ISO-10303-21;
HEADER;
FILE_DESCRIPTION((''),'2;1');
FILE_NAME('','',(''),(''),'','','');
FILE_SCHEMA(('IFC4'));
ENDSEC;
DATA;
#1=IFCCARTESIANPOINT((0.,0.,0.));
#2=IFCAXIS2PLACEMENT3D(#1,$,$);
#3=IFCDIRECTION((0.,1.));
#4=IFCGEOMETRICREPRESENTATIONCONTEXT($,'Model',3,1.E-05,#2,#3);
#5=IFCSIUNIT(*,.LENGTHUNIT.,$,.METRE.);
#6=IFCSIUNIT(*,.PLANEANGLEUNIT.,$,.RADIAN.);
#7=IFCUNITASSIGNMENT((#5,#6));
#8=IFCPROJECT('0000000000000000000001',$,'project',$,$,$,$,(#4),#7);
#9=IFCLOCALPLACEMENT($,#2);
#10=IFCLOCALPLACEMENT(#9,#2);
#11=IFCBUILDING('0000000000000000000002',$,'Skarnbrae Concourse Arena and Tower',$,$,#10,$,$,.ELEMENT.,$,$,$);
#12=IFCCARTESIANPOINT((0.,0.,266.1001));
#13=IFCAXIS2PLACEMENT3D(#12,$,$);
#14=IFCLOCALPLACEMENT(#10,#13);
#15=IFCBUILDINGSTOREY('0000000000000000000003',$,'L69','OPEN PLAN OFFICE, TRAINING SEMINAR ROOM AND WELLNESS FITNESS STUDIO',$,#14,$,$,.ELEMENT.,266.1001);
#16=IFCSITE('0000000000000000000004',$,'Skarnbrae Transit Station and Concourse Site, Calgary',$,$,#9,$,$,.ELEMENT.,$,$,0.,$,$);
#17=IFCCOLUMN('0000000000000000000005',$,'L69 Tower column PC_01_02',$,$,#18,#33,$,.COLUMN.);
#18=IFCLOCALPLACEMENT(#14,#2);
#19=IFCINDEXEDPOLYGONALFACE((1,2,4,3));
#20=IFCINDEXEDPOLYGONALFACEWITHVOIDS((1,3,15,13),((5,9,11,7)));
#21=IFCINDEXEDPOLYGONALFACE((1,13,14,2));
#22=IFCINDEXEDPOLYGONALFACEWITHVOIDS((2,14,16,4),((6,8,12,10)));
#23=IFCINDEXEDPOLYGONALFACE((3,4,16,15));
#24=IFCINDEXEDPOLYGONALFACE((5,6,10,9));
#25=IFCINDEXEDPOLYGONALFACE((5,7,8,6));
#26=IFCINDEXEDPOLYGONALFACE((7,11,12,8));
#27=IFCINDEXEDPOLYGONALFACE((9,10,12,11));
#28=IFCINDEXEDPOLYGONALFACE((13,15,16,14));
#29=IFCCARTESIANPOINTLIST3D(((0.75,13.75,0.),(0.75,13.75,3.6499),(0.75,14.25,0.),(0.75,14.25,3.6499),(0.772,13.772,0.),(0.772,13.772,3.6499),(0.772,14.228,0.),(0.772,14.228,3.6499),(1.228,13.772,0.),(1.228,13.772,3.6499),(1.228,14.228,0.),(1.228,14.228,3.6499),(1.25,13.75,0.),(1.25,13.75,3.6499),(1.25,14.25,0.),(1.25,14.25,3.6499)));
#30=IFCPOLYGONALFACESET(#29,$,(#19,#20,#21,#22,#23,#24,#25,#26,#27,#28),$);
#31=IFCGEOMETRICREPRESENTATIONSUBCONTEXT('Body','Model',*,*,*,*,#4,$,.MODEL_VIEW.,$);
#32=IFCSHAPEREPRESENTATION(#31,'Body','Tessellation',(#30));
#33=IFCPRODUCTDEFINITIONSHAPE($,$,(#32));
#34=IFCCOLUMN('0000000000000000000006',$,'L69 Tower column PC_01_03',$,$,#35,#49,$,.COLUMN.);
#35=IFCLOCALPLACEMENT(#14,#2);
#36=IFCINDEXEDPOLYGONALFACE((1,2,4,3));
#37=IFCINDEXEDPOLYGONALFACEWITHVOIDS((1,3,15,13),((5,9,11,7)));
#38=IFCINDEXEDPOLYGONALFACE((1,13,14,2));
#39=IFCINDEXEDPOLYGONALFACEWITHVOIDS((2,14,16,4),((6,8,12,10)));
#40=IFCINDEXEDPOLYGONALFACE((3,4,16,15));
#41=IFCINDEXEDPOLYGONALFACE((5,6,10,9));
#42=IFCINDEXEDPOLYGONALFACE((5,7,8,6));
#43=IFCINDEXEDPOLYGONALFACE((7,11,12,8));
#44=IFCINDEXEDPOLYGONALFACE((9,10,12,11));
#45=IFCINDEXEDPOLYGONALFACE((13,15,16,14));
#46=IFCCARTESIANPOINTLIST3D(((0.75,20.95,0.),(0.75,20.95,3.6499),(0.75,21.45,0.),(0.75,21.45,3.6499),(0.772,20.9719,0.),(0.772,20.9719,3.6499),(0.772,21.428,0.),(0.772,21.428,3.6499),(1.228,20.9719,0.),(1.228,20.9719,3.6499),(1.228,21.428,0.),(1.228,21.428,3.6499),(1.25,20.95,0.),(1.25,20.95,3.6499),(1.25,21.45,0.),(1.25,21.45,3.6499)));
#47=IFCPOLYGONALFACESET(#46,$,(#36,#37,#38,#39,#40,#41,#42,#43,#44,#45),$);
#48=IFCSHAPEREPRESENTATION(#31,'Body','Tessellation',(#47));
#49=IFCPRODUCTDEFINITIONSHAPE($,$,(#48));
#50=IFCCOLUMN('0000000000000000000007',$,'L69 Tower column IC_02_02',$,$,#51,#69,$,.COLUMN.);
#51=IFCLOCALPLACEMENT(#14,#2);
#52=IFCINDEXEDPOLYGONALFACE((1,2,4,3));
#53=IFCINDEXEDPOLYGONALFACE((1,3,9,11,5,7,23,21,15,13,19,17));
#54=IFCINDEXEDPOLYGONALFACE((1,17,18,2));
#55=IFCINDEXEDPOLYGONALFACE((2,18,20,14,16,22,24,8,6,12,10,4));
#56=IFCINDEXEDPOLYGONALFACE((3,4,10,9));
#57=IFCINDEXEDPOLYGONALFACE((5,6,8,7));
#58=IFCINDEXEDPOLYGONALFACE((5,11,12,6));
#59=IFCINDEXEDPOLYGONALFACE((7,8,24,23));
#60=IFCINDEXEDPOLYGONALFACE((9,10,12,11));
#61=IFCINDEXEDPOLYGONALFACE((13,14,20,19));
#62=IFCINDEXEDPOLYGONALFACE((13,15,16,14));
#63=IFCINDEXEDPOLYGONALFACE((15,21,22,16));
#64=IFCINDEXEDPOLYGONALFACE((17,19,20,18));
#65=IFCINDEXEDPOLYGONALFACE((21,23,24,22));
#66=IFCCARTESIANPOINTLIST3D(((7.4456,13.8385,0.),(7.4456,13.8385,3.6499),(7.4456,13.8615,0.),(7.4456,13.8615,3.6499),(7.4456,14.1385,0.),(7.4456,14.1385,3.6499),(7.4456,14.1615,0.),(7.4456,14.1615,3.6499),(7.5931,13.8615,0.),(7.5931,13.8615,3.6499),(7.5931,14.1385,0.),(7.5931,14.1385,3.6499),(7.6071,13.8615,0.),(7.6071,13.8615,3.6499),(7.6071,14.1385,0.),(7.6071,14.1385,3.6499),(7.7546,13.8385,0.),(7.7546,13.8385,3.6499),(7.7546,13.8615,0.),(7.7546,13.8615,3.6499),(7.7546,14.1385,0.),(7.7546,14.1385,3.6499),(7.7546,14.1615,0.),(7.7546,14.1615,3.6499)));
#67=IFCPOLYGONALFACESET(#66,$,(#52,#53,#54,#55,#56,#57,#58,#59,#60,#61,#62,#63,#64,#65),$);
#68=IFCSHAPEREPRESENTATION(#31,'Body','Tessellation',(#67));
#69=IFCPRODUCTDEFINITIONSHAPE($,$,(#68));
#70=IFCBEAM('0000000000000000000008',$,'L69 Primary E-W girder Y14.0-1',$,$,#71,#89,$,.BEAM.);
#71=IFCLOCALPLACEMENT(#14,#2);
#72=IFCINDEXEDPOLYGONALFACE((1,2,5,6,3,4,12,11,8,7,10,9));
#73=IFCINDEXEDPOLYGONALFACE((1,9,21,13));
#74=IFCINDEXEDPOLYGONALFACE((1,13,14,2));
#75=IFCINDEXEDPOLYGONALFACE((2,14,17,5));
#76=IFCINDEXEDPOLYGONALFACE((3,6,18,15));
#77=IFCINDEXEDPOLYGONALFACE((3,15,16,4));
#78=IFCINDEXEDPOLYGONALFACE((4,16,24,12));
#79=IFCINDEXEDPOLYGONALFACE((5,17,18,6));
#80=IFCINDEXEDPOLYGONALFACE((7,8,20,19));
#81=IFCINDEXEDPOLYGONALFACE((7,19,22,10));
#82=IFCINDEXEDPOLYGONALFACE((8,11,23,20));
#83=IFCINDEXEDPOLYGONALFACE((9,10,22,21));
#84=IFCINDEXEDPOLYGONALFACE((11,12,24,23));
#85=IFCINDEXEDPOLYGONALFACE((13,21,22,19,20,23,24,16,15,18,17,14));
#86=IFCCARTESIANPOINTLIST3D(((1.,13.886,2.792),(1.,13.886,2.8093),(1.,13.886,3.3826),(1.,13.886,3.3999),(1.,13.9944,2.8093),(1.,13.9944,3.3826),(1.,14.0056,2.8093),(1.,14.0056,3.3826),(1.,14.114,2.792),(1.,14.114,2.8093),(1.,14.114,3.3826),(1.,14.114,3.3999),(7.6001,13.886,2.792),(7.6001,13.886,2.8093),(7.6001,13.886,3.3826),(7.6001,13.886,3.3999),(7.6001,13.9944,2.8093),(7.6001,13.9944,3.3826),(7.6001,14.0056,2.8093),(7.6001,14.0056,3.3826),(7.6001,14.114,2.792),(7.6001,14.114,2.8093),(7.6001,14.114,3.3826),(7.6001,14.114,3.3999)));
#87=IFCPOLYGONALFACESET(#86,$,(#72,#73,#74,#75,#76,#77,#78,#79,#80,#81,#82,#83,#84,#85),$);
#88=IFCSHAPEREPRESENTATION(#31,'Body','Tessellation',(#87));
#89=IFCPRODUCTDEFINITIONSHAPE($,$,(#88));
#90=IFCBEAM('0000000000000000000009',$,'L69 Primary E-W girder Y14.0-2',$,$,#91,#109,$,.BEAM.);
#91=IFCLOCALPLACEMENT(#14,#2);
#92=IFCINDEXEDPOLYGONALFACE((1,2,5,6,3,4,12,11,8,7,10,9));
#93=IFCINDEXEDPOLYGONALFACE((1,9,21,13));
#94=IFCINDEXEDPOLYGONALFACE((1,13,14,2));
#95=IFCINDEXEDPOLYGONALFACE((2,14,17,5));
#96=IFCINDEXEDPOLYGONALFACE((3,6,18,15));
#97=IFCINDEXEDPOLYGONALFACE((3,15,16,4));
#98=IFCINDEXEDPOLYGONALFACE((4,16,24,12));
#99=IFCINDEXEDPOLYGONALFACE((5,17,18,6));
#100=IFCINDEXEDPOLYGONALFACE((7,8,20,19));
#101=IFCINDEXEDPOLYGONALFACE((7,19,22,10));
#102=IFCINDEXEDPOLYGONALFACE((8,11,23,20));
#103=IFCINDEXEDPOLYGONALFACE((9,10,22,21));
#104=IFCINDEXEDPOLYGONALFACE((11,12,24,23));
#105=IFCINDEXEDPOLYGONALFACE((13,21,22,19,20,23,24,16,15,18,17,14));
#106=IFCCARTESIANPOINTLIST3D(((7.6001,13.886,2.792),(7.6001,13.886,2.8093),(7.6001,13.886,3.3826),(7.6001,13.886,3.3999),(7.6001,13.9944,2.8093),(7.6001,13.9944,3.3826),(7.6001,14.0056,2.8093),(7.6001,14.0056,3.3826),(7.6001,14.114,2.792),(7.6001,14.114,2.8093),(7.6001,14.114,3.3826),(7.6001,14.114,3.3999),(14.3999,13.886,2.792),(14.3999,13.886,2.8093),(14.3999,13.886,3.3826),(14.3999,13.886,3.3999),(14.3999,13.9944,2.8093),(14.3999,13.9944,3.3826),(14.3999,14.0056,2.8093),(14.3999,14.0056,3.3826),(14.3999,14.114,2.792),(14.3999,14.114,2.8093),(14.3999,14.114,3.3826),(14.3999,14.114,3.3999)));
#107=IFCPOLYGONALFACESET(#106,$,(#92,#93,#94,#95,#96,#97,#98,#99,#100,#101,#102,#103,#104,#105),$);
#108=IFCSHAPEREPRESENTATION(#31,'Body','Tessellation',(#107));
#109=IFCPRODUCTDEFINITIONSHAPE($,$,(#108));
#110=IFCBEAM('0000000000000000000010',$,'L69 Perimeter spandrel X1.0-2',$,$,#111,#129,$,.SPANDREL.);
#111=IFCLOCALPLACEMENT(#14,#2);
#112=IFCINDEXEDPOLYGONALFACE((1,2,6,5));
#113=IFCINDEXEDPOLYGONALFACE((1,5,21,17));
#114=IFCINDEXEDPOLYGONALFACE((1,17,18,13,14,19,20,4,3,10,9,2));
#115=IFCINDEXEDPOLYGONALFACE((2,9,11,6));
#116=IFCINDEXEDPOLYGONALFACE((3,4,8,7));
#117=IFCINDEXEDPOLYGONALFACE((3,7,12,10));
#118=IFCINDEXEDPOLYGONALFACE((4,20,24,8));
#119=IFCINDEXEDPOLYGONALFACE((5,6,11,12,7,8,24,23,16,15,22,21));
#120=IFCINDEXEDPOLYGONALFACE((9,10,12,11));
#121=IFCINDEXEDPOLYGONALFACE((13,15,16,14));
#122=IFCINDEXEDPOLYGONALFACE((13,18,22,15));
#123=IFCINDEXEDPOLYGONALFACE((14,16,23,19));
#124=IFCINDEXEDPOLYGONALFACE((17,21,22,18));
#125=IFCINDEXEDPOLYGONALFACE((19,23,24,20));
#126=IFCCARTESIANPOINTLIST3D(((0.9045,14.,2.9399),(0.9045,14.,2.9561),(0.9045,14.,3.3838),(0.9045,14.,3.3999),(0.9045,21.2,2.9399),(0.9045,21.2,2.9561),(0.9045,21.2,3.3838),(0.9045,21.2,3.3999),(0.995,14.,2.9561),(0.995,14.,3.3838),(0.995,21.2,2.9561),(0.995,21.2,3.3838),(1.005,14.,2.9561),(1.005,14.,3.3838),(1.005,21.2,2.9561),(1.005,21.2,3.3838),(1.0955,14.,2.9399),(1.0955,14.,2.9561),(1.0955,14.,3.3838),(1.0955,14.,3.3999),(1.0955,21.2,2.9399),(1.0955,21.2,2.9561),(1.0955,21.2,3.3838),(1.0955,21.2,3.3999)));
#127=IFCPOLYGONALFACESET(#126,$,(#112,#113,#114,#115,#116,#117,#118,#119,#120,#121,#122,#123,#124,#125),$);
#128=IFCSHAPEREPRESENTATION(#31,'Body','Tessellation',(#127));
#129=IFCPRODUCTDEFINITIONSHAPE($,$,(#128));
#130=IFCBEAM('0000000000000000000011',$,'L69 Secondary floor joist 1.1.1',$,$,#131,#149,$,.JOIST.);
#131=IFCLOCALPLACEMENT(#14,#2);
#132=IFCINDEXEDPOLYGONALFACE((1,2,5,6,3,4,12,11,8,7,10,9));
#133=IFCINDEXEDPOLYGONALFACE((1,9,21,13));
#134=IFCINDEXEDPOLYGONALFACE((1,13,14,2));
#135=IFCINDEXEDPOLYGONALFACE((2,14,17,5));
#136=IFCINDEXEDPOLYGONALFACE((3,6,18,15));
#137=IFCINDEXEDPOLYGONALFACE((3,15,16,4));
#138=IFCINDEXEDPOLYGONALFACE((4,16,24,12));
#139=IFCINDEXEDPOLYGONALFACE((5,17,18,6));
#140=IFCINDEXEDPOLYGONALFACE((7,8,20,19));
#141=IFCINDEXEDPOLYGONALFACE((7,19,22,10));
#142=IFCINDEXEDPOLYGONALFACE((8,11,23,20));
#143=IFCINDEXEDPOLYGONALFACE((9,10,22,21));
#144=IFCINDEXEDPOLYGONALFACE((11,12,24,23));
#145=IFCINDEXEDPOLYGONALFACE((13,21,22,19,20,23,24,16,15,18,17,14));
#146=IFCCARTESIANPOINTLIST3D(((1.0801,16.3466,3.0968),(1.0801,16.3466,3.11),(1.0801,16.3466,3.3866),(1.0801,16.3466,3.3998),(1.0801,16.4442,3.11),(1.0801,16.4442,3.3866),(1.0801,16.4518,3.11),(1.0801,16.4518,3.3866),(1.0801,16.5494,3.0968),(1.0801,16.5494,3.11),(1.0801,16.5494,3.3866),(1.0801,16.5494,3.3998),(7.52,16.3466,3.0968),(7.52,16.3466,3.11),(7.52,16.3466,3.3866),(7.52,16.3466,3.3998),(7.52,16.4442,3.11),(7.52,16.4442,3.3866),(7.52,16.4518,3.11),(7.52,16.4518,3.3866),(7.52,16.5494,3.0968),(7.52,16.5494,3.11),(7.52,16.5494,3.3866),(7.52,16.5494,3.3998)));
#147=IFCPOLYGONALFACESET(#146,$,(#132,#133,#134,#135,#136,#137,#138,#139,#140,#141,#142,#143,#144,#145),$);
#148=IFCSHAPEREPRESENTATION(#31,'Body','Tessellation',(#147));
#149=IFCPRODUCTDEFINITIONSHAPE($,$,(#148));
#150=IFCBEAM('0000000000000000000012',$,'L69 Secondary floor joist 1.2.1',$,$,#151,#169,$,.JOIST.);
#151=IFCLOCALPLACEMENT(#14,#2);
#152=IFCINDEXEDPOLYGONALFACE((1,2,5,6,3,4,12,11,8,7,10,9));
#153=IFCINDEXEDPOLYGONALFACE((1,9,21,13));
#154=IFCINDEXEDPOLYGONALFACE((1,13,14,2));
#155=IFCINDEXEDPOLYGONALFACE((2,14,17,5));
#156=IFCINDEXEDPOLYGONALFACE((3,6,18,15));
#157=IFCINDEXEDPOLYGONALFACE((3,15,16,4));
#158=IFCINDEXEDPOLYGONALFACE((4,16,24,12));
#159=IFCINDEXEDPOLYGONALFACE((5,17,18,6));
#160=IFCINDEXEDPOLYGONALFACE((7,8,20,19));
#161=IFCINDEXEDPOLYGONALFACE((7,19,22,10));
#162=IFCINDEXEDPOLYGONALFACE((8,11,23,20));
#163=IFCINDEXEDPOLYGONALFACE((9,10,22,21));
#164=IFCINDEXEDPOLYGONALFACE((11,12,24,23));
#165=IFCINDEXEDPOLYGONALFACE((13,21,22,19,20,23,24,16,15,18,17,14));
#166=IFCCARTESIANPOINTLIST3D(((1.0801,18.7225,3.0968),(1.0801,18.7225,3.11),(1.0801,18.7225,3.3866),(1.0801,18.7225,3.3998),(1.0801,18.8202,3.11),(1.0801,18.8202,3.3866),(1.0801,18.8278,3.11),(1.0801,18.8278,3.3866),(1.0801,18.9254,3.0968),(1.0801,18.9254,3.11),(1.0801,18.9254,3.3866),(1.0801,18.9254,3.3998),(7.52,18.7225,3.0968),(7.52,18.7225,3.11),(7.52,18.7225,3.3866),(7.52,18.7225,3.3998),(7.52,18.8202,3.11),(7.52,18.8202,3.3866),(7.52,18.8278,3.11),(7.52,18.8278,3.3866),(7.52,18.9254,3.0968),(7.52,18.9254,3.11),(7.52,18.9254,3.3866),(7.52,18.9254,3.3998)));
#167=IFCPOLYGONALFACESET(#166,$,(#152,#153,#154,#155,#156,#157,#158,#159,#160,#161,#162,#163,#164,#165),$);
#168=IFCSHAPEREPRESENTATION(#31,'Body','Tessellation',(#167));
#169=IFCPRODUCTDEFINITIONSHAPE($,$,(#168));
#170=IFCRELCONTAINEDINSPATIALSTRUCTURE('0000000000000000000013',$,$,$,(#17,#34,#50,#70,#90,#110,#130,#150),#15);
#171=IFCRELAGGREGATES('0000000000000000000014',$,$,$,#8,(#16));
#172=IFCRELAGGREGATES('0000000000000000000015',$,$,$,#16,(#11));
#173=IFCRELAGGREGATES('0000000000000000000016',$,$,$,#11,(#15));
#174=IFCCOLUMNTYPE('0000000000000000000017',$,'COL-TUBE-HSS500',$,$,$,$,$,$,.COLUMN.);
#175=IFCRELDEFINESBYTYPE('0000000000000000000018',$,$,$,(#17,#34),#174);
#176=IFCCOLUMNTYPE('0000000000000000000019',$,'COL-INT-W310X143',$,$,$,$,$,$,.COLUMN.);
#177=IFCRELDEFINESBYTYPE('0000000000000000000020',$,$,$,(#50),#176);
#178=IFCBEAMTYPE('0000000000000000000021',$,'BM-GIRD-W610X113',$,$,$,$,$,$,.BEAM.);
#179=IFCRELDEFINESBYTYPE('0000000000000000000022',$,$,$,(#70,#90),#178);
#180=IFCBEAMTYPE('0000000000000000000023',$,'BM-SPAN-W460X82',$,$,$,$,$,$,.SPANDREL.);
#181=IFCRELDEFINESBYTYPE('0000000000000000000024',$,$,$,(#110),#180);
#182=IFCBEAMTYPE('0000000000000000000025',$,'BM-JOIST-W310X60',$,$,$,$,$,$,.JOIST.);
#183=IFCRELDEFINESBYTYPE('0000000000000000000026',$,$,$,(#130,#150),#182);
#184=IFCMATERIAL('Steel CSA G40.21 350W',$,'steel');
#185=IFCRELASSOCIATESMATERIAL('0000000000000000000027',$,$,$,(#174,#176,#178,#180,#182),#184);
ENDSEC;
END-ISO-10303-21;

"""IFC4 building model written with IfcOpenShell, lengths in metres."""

from ifc_helpers import new_model, si_unit, direction, frame, origin, origin_2d, place, context, subcontext, project, spatial, hollow_rectangle, i_section, extrude, source, transform, mapped, material, material_profile, profile_set, type_object, element, save


model = new_model("IFC4")

# Units and contexts
model_context = context("Model", 3, precision=1e-05, world=origin(), true_north=direction((0.0, 1.0)))
body_context = subcontext(model_context, "Body", "Model", "MODEL_VIEW")
ifc_project = project(units=[si_unit("LENGTHUNIT", "METRE"), si_unit("PLANEANGLEUNIT", "RADIAN")], contexts=[model_context])

# Site, building, storey
site_placement = place(None, origin())
site = spatial("IfcSite", under=ifc_project, at=site_placement, Name="Skarnbrae Transit Station and Concourse Site, Calgary", CompositionType="ELEMENT", RefElevation=0.0)
building_placement = place(site_placement, origin())
building = spatial("IfcBuilding", under=site, at=building_placement, Name="Skarnbrae Concourse Arena and Tower", CompositionType="ELEMENT")
storey_placement = place(building_placement, frame((0.0, 0.0, 266.1001)))
storey = spatial("IfcBuildingStorey", under=building, at=storey_placement, Name="L69", Description="OPEN PLAN OFFICE, TRAINING SEMINAR ROOM AND WELLNESS FITNESS STUDIO", CompositionType="ELEMENT", Elevation=266.1001)

# Columns
ifc_material_1 = material(Name="Steel CSA G40.21 350W", Category="steel")
ifc_material_profile_1 = material_profile(ifc_material_1, hollow_rectangle(XDim=0.5, YDim=0.5, WallThickness=0.022, at=origin_2d()), Name="HSS500X500X22.0")
ifc_profile_set_1 = profile_set([ifc_material_profile_1], Name="Steel CSA G40.21 350W")
column_type_1 = type_object("IfcColumnType", Name="COL-TUBE-HSS500", PredefinedType="COLUMN", material=ifc_profile_set_1)
shared_shape_1 = source(origin(), body_context, "Body", "SweptSolid", [
    extrude(hollow_rectangle(XDim=0.5, YDim=0.5, WallThickness=0.022, at=origin_2d()), origin(), (0.0, 0.0, 1.0), 3.6499),
])
for number, where, z_axis, x_axis, name in (
    (1, (1.0, 14.0, 0.0), (0.0, 0.0, 1.0), (1.0, 0.0, 0.0), "L69 Tower column PC_01_02"),
    (2, (1.0, 21.2, 0.0), (0.0, 0.0, 1.0), (1.0, 0.0, 0.0), "L69 Tower column PC_01_03"),
):
    element("IfcColumn", number, at=place(storey_placement, frame(where, z_axis=z_axis, x_axis=x_axis)), inside=storey, type_object=column_type_1, Name=name, PredefinedType="COLUMN", context=body_context, shape_type="MappedRepresentation", body=[
        mapped(shared_shape_1, transform((0.0, 0.0, 0.0))),
    ])
ifc_material_profile_2 = material_profile(ifc_material_1, i_section(OverallWidth=0.3091, OverallDepth=0.323, WebThickness=0.0139, FlangeThickness=0.0229, at=origin_2d()), Name="W310X143")
ifc_profile_set_2 = profile_set([ifc_material_profile_2], Name="Steel CSA G40.21 350W")
column_type_2 = type_object("IfcColumnType", Name="COL-INT-W310X143", PredefinedType="COLUMN", material=ifc_profile_set_2)
shared_shape_2 = source(origin(), body_context, "Body", "SweptSolid", [
    extrude(i_section(OverallWidth=0.3091, OverallDepth=0.323, WebThickness=0.0139, FlangeThickness=0.0229, at=origin_2d()), origin(), (0.0, 0.0, 1.0), 3.6499),
])
column_placement = place(storey_placement, frame((7.6001, 14.0, 0.0), z_axis=(0.0, 0.0, 1.0), x_axis=(1.0, 0.0, 0.0)))
element("IfcColumn", 3, at=column_placement, inside=storey, type_object=column_type_2, Name="L69 Tower column IC_02_02", PredefinedType="COLUMN", context=body_context, shape_type="MappedRepresentation", body=[
    mapped(shared_shape_2, transform((0.0, 0.0, 0.0))),
])

# Beams
ifc_material_profile_3 = material_profile(ifc_material_1, i_section(OverallWidth=0.228, OverallDepth=0.6079, WebThickness=0.0112, FlangeThickness=0.0173, at=origin_2d()), Name="W610X113")
ifc_profile_set_3 = profile_set([ifc_material_profile_3], Name="Steel CSA G40.21 350W")
beam_type_1 = type_object("IfcBeamType", Name="BM-GIRD-W610X113", PredefinedType="BEAM", material=ifc_profile_set_3)
shared_shape_3 = source(origin(), body_context, "Body", "SweptSolid", [
    extrude(i_section(OverallWidth=0.228, OverallDepth=0.6079, WebThickness=0.0112, FlangeThickness=0.0173, at=origin_2d()), origin(), (0.0, 0.0, 1.0), 6.6001),
])
beam_1_placement = place(storey_placement, frame((1.0, 14.0, 3.0959), z_axis=(1.0, 0.0, 0.0), x_axis=(0.0, 1.0, 0.0)))
element("IfcBeam", 4, at=beam_1_placement, inside=storey, type_object=beam_type_1, Name="L69 Primary E-W girder Y14.0-1", PredefinedType="BEAM", context=body_context, shape_type="MappedRepresentation", body=[
    mapped(shared_shape_3, transform((0.0, 0.0, 0.0))),
])
shared_shape_4 = source(origin(), body_context, "Body", "SweptSolid", [
    extrude(i_section(OverallWidth=0.228, OverallDepth=0.6079, WebThickness=0.0112, FlangeThickness=0.0173, at=origin_2d()), origin(), (0.0, 0.0, 1.0), 6.7998),
])
beam_2_placement = place(storey_placement, frame((7.6001, 14.0, 3.0959), z_axis=(1.0, 0.0, 0.0), x_axis=(0.0, 1.0, 0.0)))
element("IfcBeam", 5, at=beam_2_placement, inside=storey, type_object=beam_type_1, Name="L69 Primary E-W girder Y14.0-2", PredefinedType="BEAM", context=body_context, shape_type="MappedRepresentation", body=[
    mapped(shared_shape_4, transform((0.0, 0.0, 0.0))),
])
ifc_material_profile_4 = material_profile(ifc_material_1, i_section(OverallWidth=0.1909, OverallDepth=0.46, WebThickness=0.01, FlangeThickness=0.0161, at=origin_2d()), Name="W460X82")
ifc_profile_set_4 = profile_set([ifc_material_profile_4], Name="Steel CSA G40.21 350W")
beam_type_2 = type_object("IfcBeamType", Name="BM-SPAN-W460X82", PredefinedType="SPANDREL", material=ifc_profile_set_4)
shared_shape_5 = source(origin(), body_context, "Body", "SweptSolid", [
    extrude(i_section(OverallWidth=0.1909, OverallDepth=0.46, WebThickness=0.01, FlangeThickness=0.0161, at=origin_2d()), origin(), (0.0, 0.0, 1.0), 7.2),
])
beam_3_placement = place(storey_placement, frame((1.0, 14.0, 3.1699), z_axis=(0.0, 1.0, 0.0), x_axis=(-1.0, 0.0, 0.0)))
element("IfcBeam", 6, at=beam_3_placement, inside=storey, type_object=beam_type_2, Name="L69 Perimeter spandrel X1.0-2", PredefinedType="SPANDREL", context=body_context, shape_type="MappedRepresentation", body=[
    mapped(shared_shape_5, transform((0.0, 0.0, 0.0))),
])
ifc_material_profile_5 = material_profile(ifc_material_1, i_section(OverallWidth=0.2029, OverallDepth=0.303, WebThickness=0.0076, FlangeThickness=0.0132, at=origin_2d()), Name="W310X60")
ifc_profile_set_5 = profile_set([ifc_material_profile_5], Name="Steel CSA G40.21 350W")
beam_type_3 = type_object("IfcBeamType", Name="BM-JOIST-W310X60", PredefinedType="JOIST", material=ifc_profile_set_5)
shared_shape_6 = source(origin(), body_context, "Body", "SweptSolid", [
    extrude(i_section(OverallWidth=0.2029, OverallDepth=0.303, WebThickness=0.0076, FlangeThickness=0.0132, at=origin_2d()), origin(), (0.0, 0.0, 1.0), 6.4399),
])
for number, where, z_axis, x_axis, name in (
    (7, (1.0801, 16.448, 3.2483), (1.0, 0.0, 0.0), (0.0, 1.0, 0.0), "L69 Secondary floor joist 1.1.1"),
    (8, (1.0801, 18.824, 3.2483), (1.0, 0.0, 0.0), (0.0, 1.0, 0.0), "L69 Secondary floor joist 1.2.1"),
):
    element("IfcBeam", number, at=place(storey_placement, frame(where, z_axis=z_axis, x_axis=x_axis)), inside=storey, type_object=beam_type_3, Name=name, PredefinedType="JOIST", context=body_context, shape_type="MappedRepresentation", body=[
        mapped(shared_shape_6, transform((0.0, 0.0, 0.0))),
    ])

save(model, "model.ifc")
